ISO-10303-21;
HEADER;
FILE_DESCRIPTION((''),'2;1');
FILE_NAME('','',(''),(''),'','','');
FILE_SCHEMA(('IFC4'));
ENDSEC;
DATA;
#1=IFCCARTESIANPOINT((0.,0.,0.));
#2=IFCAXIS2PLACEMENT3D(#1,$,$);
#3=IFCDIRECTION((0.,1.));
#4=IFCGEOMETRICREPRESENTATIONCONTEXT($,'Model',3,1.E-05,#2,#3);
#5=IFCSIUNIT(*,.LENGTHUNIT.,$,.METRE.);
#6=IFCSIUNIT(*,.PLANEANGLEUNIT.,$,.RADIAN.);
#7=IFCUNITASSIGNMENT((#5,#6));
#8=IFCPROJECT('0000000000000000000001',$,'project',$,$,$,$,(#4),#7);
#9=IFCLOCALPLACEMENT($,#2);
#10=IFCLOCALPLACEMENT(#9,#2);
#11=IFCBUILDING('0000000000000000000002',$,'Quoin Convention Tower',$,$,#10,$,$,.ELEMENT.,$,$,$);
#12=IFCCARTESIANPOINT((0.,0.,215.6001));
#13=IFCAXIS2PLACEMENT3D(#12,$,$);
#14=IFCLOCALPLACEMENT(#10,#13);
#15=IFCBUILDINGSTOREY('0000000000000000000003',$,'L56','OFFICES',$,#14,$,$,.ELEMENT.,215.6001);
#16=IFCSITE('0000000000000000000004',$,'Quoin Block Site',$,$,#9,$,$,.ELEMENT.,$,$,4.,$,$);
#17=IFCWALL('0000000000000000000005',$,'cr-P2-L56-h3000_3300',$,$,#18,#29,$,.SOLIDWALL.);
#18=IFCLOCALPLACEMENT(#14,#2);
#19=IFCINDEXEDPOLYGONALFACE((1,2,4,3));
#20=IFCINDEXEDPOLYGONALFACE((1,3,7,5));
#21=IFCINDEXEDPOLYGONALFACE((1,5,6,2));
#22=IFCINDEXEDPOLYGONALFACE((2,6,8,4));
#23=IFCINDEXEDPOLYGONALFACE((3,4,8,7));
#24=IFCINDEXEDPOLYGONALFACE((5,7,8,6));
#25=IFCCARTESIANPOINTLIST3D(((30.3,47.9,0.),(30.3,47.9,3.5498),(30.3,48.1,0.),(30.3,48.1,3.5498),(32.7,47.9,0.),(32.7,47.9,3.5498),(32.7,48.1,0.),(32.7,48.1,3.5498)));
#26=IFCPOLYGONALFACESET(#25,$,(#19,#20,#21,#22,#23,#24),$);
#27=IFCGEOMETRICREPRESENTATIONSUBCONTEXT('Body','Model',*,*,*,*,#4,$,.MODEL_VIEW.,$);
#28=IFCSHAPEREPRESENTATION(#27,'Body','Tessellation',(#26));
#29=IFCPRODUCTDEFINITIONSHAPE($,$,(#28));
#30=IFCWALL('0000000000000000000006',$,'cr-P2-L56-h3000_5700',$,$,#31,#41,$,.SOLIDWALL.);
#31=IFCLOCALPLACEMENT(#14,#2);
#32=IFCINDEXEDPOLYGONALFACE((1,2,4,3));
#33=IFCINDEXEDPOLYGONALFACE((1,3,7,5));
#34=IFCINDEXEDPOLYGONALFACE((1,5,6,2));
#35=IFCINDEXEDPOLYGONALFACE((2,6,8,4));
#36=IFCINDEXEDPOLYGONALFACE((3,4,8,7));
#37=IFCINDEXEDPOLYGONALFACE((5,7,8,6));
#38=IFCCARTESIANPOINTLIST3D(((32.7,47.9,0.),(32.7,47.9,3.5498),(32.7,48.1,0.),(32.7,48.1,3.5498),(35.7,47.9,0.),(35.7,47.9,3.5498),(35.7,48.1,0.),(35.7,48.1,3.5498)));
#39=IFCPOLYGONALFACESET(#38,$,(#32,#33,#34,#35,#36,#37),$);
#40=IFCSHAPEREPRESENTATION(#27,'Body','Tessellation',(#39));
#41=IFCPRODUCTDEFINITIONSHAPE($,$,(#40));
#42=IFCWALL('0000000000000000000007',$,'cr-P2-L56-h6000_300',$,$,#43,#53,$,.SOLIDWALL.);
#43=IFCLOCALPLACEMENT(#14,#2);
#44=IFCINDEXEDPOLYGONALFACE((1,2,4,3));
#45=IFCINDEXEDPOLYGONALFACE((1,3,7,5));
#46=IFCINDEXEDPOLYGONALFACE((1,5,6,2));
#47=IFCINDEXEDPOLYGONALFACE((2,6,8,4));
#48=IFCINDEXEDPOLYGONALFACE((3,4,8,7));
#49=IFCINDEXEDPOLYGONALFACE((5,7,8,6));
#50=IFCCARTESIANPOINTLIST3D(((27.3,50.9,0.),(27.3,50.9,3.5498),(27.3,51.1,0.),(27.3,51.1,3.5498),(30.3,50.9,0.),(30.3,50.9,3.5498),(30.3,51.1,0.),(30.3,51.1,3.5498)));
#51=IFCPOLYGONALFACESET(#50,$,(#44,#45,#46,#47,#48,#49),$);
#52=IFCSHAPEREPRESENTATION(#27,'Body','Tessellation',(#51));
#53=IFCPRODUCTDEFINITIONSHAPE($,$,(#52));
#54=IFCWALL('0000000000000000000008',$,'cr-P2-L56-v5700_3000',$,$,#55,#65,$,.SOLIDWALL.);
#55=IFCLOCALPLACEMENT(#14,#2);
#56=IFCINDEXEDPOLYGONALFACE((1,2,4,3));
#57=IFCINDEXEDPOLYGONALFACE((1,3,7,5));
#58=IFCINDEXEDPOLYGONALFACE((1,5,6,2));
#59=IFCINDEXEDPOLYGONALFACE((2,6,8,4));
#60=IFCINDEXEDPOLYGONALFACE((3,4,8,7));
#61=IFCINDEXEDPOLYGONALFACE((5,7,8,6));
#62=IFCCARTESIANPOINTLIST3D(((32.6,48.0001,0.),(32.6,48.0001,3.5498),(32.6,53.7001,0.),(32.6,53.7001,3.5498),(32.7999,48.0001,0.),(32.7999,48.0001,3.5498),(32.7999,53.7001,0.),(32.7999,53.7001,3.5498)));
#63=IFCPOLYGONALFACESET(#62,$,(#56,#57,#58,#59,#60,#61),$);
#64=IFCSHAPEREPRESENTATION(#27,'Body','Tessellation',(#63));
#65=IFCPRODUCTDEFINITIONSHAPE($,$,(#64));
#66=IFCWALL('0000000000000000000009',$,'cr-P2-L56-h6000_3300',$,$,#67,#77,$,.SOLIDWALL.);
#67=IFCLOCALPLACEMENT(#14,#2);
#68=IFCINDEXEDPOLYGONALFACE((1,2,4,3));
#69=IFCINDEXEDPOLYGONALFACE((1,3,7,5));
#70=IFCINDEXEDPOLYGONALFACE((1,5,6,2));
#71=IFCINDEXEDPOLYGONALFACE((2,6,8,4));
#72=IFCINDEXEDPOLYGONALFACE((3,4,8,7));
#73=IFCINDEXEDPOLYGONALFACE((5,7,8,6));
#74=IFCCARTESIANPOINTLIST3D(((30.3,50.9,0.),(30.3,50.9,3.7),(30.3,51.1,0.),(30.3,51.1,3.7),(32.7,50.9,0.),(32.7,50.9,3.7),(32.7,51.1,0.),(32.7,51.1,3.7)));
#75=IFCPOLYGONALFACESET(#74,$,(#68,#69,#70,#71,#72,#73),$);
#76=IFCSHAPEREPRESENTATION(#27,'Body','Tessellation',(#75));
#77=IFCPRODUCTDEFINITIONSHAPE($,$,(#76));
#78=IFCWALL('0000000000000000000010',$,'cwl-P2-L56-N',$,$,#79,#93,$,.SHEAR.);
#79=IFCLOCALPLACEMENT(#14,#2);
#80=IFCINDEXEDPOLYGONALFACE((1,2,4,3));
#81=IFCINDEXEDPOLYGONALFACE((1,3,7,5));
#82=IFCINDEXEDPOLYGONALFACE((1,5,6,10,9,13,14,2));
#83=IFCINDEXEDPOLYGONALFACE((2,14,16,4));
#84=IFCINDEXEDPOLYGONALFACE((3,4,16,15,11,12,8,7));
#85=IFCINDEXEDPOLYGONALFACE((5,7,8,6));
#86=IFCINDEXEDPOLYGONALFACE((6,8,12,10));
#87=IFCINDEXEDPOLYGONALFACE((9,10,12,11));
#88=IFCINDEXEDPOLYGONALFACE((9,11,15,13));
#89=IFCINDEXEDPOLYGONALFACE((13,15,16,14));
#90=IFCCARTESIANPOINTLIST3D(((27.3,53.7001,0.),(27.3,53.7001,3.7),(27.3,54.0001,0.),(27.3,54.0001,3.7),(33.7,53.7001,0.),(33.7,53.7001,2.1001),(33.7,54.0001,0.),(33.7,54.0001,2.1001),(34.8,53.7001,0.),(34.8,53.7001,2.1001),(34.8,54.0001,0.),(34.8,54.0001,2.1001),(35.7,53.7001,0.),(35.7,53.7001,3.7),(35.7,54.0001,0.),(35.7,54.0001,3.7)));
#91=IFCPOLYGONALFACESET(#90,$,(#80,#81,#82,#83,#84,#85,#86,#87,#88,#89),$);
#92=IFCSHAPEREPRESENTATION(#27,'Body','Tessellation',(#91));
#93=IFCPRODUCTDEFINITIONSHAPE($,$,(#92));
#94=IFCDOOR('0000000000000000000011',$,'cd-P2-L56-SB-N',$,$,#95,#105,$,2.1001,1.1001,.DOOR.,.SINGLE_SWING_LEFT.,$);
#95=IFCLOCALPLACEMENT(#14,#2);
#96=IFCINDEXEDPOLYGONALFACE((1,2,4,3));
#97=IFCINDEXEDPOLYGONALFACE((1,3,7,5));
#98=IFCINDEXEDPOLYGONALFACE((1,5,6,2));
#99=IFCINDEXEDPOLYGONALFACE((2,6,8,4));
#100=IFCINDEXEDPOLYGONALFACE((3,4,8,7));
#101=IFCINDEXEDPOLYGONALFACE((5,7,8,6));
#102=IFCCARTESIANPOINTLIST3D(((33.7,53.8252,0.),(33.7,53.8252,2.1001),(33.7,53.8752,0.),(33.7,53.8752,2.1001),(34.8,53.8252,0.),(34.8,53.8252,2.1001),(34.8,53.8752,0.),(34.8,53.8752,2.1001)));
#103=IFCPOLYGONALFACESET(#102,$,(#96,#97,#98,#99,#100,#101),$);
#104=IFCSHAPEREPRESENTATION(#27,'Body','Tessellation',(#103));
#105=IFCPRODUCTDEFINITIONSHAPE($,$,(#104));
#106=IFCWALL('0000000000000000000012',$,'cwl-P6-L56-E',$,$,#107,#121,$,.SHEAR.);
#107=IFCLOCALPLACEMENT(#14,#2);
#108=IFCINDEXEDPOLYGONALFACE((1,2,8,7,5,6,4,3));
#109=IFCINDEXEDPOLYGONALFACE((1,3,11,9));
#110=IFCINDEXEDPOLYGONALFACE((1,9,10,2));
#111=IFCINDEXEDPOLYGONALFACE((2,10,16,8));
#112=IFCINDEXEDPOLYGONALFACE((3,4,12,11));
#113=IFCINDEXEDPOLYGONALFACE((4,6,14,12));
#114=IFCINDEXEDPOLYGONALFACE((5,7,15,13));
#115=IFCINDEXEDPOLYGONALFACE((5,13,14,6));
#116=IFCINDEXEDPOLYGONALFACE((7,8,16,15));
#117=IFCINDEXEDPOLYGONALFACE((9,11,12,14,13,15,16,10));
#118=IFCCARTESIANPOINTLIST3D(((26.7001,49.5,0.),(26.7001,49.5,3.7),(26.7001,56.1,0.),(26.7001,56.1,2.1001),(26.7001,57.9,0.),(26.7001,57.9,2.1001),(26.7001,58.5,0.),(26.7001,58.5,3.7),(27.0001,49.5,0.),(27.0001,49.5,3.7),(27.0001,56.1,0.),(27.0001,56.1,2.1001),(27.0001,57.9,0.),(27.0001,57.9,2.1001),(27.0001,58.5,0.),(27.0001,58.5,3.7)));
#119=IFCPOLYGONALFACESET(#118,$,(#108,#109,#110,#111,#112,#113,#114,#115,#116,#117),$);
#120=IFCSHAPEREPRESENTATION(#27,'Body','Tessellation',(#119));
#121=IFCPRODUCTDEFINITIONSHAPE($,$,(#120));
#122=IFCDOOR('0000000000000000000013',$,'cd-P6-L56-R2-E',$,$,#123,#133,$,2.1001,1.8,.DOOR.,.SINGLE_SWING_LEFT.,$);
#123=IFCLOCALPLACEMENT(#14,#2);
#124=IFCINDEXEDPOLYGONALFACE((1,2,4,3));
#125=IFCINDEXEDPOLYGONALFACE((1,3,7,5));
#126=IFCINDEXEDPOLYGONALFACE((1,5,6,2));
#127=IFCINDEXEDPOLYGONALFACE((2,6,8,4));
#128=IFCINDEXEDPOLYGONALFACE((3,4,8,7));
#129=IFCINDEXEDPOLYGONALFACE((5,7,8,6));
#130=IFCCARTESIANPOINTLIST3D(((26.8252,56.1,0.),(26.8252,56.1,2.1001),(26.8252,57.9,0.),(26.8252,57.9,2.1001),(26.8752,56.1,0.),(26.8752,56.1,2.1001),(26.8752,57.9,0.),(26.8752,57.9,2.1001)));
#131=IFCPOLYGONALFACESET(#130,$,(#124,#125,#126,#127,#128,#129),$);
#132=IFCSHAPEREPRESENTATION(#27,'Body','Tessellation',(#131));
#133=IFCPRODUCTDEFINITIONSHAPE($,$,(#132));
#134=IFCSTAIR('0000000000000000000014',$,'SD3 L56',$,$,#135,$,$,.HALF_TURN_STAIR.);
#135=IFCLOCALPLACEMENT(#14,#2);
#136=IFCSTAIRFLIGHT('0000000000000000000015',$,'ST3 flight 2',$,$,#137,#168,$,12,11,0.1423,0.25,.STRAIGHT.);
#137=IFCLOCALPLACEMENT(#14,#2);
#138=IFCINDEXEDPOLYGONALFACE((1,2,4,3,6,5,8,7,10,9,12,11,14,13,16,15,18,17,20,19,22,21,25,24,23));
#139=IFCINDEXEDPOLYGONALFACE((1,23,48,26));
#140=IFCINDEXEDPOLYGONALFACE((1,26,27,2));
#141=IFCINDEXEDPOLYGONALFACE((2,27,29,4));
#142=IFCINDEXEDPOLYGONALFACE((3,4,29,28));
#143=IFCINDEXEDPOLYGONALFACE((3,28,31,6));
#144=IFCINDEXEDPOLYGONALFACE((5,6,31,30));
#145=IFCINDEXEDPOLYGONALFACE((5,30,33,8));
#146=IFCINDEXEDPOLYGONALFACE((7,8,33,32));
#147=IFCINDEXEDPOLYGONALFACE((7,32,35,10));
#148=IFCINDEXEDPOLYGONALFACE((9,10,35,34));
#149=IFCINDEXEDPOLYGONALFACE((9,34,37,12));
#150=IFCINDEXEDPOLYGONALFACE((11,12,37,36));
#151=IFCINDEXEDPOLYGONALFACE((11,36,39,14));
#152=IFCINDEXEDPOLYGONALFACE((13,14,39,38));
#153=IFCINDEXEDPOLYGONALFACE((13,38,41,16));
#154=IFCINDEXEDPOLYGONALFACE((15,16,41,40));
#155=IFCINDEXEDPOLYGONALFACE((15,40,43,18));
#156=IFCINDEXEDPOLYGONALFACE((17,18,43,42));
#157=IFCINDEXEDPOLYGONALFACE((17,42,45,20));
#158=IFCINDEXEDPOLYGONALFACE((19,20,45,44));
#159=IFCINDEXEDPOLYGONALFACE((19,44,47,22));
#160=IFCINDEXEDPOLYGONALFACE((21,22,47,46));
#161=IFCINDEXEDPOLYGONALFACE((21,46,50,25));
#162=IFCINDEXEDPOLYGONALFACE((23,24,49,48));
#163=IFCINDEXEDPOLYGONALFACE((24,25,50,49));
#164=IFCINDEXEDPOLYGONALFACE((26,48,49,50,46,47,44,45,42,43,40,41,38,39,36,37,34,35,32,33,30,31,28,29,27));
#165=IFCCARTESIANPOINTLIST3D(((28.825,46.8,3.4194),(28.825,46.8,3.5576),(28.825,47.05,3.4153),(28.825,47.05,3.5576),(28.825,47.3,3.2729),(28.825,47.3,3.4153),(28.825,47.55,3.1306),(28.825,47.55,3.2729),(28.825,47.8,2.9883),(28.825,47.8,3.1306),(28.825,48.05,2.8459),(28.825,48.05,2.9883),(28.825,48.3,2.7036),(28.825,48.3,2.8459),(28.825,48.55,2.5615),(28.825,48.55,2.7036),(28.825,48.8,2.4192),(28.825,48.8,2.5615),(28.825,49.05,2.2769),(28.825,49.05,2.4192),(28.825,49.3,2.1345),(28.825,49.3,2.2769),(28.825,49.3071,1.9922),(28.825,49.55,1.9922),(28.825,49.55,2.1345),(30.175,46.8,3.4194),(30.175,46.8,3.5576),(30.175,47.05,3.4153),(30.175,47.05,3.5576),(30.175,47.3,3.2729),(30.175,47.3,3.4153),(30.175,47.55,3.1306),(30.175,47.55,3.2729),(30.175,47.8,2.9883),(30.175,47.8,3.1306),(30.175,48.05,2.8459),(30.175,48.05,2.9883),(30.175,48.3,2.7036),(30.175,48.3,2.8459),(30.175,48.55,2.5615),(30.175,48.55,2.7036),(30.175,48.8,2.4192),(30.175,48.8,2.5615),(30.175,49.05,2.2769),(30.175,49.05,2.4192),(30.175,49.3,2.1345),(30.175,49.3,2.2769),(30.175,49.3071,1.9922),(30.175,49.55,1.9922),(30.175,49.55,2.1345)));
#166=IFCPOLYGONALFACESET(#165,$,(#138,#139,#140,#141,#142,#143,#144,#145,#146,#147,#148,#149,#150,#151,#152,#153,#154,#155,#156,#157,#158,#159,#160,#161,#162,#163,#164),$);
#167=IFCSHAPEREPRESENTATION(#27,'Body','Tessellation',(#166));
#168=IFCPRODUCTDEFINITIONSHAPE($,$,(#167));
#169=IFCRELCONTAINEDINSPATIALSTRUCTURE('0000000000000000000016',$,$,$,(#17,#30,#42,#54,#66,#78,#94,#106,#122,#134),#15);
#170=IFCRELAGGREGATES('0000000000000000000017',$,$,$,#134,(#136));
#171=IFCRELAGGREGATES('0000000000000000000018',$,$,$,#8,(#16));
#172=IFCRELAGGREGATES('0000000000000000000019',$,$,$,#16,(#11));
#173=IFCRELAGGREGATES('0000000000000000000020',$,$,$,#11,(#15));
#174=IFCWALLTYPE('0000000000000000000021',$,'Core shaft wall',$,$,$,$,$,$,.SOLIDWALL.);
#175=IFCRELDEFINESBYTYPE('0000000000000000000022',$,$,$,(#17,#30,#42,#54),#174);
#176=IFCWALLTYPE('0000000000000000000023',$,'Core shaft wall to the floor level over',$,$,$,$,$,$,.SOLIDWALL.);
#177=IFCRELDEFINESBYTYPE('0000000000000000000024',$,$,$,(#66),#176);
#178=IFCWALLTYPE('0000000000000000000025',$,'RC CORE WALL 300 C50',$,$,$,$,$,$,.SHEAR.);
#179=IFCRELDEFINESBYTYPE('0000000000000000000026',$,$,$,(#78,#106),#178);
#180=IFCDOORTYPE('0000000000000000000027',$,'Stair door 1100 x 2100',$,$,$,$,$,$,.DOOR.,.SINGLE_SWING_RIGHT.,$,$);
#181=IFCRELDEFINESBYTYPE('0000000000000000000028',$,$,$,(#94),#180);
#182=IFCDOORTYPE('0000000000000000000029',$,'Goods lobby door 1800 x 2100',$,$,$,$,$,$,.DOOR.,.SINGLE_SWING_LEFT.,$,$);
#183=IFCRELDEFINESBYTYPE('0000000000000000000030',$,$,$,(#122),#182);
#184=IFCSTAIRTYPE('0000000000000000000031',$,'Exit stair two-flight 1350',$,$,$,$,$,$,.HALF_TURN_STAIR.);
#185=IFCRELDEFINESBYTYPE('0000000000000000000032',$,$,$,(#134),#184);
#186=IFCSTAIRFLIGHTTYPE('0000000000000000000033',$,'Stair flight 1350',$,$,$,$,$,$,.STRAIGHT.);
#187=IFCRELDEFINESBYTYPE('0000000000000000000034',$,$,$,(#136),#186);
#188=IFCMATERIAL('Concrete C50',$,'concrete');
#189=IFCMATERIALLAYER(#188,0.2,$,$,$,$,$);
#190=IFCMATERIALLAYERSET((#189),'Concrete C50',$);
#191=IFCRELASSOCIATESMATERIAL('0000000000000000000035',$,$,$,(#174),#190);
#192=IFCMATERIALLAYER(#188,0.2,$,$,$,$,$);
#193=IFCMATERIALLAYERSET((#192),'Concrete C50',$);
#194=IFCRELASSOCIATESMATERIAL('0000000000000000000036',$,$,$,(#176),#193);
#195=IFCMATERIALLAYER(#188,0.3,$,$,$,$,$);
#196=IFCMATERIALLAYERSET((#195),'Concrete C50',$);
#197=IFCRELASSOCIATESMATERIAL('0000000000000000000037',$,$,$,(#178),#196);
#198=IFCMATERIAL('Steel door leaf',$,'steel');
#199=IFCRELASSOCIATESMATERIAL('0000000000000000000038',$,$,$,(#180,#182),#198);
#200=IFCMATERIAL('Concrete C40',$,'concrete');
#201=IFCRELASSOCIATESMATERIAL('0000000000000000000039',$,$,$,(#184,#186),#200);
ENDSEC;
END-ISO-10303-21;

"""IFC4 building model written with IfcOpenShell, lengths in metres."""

from ifc_helpers import new_model, si_unit, direction, frame, frame_2d, origin, place, context, subcontext, project, spatial, polyline, rectangle, outline, extrude, material, layer, layer_set, type_object, element, fill, aggregate, save


model = new_model("IFC4")

# Units and contexts
model_context = context("Model", 3, precision=1e-05, world=origin(), true_north=direction((0.0, 1.0)))
body_context = subcontext(model_context, "Body", "Model", "MODEL_VIEW")
ifc_project = project(units=[si_unit("LENGTHUNIT", "METRE"), si_unit("PLANEANGLEUNIT", "RADIAN")], contexts=[model_context])

# Site, building, storey
site_placement = place(None, origin())
site = spatial("IfcSite", under=ifc_project, at=site_placement, Name="Quoin Block Site", CompositionType="ELEMENT", RefElevation=4.0)
building_placement = place(site_placement, origin())
building = spatial("IfcBuilding", under=site, at=building_placement, Name="Quoin Convention Tower", CompositionType="ELEMENT")
storey_placement = place(building_placement, frame((0.0, 0.0, 215.6001)))
storey = spatial("IfcBuildingStorey", under=building, at=storey_placement, Name="L56", Description="OFFICES", CompositionType="ELEMENT", Elevation=215.6001)

# Shared definitions
ifc_material_1 = material(Name="Concrete C50", Category="concrete")

# Walls
ifc_layer_1 = layer(ifc_material_1, 0.2)
ifc_layer_set_1 = layer_set([ifc_layer_1], Name="Concrete C50")
wall_type_1 = type_object("IfcWallType", Name="Core shaft wall", PredefinedType="SOLIDWALL", material=ifc_layer_set_1)
wall_1_placement = place(storey_placement, frame((30.3, 48.0, 0.0), z_axis=(0.0, 0.0, 1.0), x_axis=(1.0, 0.0, 0.0)))
element("IfcWall", 1, at=wall_1_placement, inside=storey, type_object=wall_type_1, Name="cr-P2-L56-h3000_3300", PredefinedType="SOLIDWALL", context=body_context, shape_type="SweptSolid", body=[
    extrude(rectangle(XDim=2.3999, YDim=0.2, at=frame_2d((1.2, 0.0))), origin(), (0.0, 0.0, 1.0), 3.5498),
])
for number, where, z_axis, x_axis, name in (
    (2, (32.7, 48.0, 0.0), (0.0, 0.0, 1.0), (1.0, 0.0, 0.0), "cr-P2-L56-h3000_5700"),
    (3, (27.3, 51.0, 0.0), (0.0, 0.0, 1.0), (1.0, 0.0, 0.0), "cr-P2-L56-h6000_300"),
):
    element("IfcWall", number, at=place(storey_placement, frame(where, z_axis=z_axis, x_axis=x_axis)), inside=storey, type_object=wall_type_1, Name=name, PredefinedType="SOLIDWALL", context=body_context, shape_type="SweptSolid", body=[
        extrude(rectangle(XDim=3.0, YDim=0.2, at=frame_2d((1.5, 0.0))), origin(), (0.0, 0.0, 1.0), 3.5498),
    ])
wall_2_placement = place(storey_placement, frame((32.7, 48.0, 0.0), z_axis=(0.0, 0.0, 1.0), x_axis=(0.0, 1.0, 0.0)))
element("IfcWall", 4, at=wall_2_placement, inside=storey, type_object=wall_type_1, Name="cr-P2-L56-v5700_3000", PredefinedType="SOLIDWALL", context=body_context, shape_type="SweptSolid", body=[
    extrude(rectangle(XDim=5.7, YDim=0.2, at=frame_2d((2.8501, 0.0))), origin(), (0.0, 0.0, 1.0), 3.5498),
])
ifc_layer_2 = layer(ifc_material_1, 0.2)
ifc_layer_set_2 = layer_set([ifc_layer_2], Name="Concrete C50")
wall_type_2 = type_object("IfcWallType", Name="Core shaft wall to the floor level over", PredefinedType="SOLIDWALL", material=ifc_layer_set_2)
wall_3_placement = place(storey_placement, frame((30.3, 51.0, 0.0), z_axis=(0.0, 0.0, 1.0), x_axis=(1.0, 0.0, 0.0)))
element("IfcWall", 5, at=wall_3_placement, inside=storey, type_object=wall_type_2, Name="cr-P2-L56-h6000_3300", PredefinedType="SOLIDWALL", context=body_context, shape_type="SweptSolid", body=[
    extrude(rectangle(XDim=2.3999, YDim=0.2, at=frame_2d((1.2, 0.0))), origin(), (0.0, 0.0, 1.0), 3.7),
])

# Walls, openings, doors
ifc_layer_3 = layer(ifc_material_1, 0.3)
ifc_layer_set_3 = layer_set([ifc_layer_3], Name="Concrete C50")
wall_type_3 = type_object("IfcWallType", Name="RC CORE WALL 300 C50", PredefinedType="SHEAR", material=ifc_layer_set_3)
wall_4_placement = place(storey_placement, frame((27.3, 53.8501, 0.0), z_axis=(0.0, 0.0, 1.0), x_axis=(1.0, 0.0, 0.0)))
wall_4 = element("IfcWall", 6, at=wall_4_placement, inside=storey, type_object=wall_type_3, Name="cwl-P2-L56-N", PredefinedType="SHEAR", context=body_context, shape_type="SweptSolid", body=[
    extrude(rectangle(XDim=8.3999, YDim=0.3, at=frame_2d((4.2, 0.0))), origin(), (0.0, 0.0, 1.0), 3.7),
])
opening_1_placement = place(wall_4_placement, frame((6.3999, 0.0, 0.0)))
opening_1 = element("IfcOpeningElement", 7, at=opening_1_placement, cuts=wall_4, PredefinedType="OPENING", context=body_context, shape_type="SweptSolid", body=[
    extrude(rectangle(XDim=1.1001, YDim=2.1001, at=frame_2d((0.55, 1.05))), frame((0.0, 0.1599, 0.0), z_axis=(0.0, -1.0, 0.0), x_axis=(1.0, 0.0, 0.0)), (0.0, 0.0, 1.0), 0.3201),
])
ifc_material_2 = material(Name="Steel door leaf", Category="steel")
door_type_1 = type_object("IfcDoorType", Name="Stair door 1100 x 2100", OperationType="SINGLE_SWING_RIGHT", PredefinedType="DOOR", material=ifc_material_2)
door_1_placement = place(opening_1_placement, frame((1.1001, 0.0, 0.0), z_axis=(0.0, 0.0, 1.0), x_axis=(-1.0, 0.0, 0.0)))
door_1 = element("IfcDoor", 8, at=door_1_placement, inside=storey, type_object=door_type_1, Name="cd-P2-L56-SB-N", OperationType="SINGLE_SWING_LEFT", OverallHeight=2.1001, OverallWidth=1.1001, PredefinedType="DOOR", context=body_context, shape_type="SweptSolid", body=[
    extrude(rectangle(XDim=1.1001, YDim=2.1001, at=frame_2d((0.55, 1.05))), frame((0.0, 0.0249, 0.0), z_axis=(0.0, -1.0, 0.0), x_axis=(1.0, 0.0, 0.0)), (0.0, 0.0, 1.0), 0.05),
])
fill(opening_1, door_1)
wall_5_placement = place(storey_placement, frame((26.8501, 49.5, 0.0), z_axis=(0.0, 0.0, 1.0), x_axis=(0.0, 1.0, 0.0)))
wall_5 = element("IfcWall", 9, at=wall_5_placement, inside=storey, type_object=wall_type_3, Name="cwl-P6-L56-E", PredefinedType="SHEAR", context=body_context, shape_type="SweptSolid", body=[
    extrude(rectangle(XDim=9.0, YDim=0.3, at=frame_2d((4.5, 0.0))), origin(), (0.0, 0.0, 1.0), 3.7),
])
opening_2_placement = place(wall_5_placement, frame((6.6001, 0.0, 0.0)))
opening_2 = element("IfcOpeningElement", 10, at=opening_2_placement, cuts=wall_5, PredefinedType="OPENING", context=body_context, shape_type="SweptSolid", body=[
    extrude(rectangle(XDim=1.8, YDim=2.1001, at=frame_2d((0.8999, 1.05))), frame((0.0, 0.1599, 0.0), z_axis=(0.0, -1.0, 0.0), x_axis=(1.0, 0.0, 0.0)), (0.0, 0.0, 1.0), 0.3201),
])
door_type_2 = type_object("IfcDoorType", Name="Goods lobby door 1800 x 2100", OperationType="SINGLE_SWING_LEFT", PredefinedType="DOOR", material=ifc_material_2)
door_2_placement = place(opening_2_placement, origin())
door_2 = element("IfcDoor", 11, at=door_2_placement, inside=storey, type_object=door_type_2, Name="cd-P6-L56-R2-E", OperationType="SINGLE_SWING_LEFT", OverallHeight=2.1001, OverallWidth=1.8, PredefinedType="DOOR", context=body_context, shape_type="SweptSolid", body=[
    extrude(rectangle(XDim=1.8, YDim=2.1001, at=frame_2d((0.8999, 1.05))), frame((0.0, 0.0249, 0.0), z_axis=(0.0, -1.0, 0.0), x_axis=(1.0, 0.0, 0.0)), (0.0, 0.0, 1.0), 0.05),
])
fill(opening_2, door_2)

# Stair, stair flight
ifc_material_3 = material(Name="Concrete C40", Category="concrete")
stair_type = type_object("IfcStairType", Name="Exit stair two-flight 1350", PredefinedType="HALF_TURN_STAIR", material=ifc_material_3)
stair_1_placement = place(storey_placement, origin())
stair_1 = element("IfcStair", 12, at=stair_1_placement, inside=storey, type_object=stair_type, Name="SD3 L56", PredefinedType="HALF_TURN_STAIR")
stair_flight_type = type_object("IfcStairFlightType", Name="Stair flight 1350", PredefinedType="STRAIGHT", material=ifc_material_3)
stair_flight_1_placement = place(storey_placement, frame((29.5, 49.55, 1.9922), z_axis=(0.0, 0.0, 1.0), x_axis=(0.0, -1.0, 0.0)))
stair_flight_1 = element("IfcStairFlight", 13, at=stair_flight_1_placement, type_object=stair_flight_type, Name="ST3 flight 2", NumberOfRisers=12, NumberOfTreads=11, PredefinedType="STRAIGHT", RiserHeight=0.1423, TreadLength=0.25, context=body_context, shape_type="SweptSolid", body=[
    extrude(outline(polyline([(0.0, 0.0), (0.0, 0.1423), (0.25, 0.1423), (0.25, 0.2847), (0.5, 0.2847), (0.5, 0.427), (0.75, 0.427), (0.75, 0.5693), (1.0, 0.5693), (1.0, 0.7114), (1.25, 0.7114), (1.25, 0.8538), (1.5, 0.8538), (1.5, 0.9961), (1.75, 0.9961), (1.75, 1.1384), (2.0, 1.1384), (2.0, 1.2808), (2.25, 1.2808), (2.25, 1.4231), (2.5, 1.4231), (2.5, 1.5654), (2.75, 1.5654), (2.75, 1.7078), (2.75, 1.4272), (0.2429, 0.0), (0.0, 0.0)])), frame((0.0, 0.675, 0.0), z_axis=(0.0, -1.0, 0.0), x_axis=(1.0, 0.0, 0.0)), (0.0, 0.0, 1.0), 1.3501),
])
aggregate(stair_1, [stair_flight_1])

save(model, "model.ifc")
